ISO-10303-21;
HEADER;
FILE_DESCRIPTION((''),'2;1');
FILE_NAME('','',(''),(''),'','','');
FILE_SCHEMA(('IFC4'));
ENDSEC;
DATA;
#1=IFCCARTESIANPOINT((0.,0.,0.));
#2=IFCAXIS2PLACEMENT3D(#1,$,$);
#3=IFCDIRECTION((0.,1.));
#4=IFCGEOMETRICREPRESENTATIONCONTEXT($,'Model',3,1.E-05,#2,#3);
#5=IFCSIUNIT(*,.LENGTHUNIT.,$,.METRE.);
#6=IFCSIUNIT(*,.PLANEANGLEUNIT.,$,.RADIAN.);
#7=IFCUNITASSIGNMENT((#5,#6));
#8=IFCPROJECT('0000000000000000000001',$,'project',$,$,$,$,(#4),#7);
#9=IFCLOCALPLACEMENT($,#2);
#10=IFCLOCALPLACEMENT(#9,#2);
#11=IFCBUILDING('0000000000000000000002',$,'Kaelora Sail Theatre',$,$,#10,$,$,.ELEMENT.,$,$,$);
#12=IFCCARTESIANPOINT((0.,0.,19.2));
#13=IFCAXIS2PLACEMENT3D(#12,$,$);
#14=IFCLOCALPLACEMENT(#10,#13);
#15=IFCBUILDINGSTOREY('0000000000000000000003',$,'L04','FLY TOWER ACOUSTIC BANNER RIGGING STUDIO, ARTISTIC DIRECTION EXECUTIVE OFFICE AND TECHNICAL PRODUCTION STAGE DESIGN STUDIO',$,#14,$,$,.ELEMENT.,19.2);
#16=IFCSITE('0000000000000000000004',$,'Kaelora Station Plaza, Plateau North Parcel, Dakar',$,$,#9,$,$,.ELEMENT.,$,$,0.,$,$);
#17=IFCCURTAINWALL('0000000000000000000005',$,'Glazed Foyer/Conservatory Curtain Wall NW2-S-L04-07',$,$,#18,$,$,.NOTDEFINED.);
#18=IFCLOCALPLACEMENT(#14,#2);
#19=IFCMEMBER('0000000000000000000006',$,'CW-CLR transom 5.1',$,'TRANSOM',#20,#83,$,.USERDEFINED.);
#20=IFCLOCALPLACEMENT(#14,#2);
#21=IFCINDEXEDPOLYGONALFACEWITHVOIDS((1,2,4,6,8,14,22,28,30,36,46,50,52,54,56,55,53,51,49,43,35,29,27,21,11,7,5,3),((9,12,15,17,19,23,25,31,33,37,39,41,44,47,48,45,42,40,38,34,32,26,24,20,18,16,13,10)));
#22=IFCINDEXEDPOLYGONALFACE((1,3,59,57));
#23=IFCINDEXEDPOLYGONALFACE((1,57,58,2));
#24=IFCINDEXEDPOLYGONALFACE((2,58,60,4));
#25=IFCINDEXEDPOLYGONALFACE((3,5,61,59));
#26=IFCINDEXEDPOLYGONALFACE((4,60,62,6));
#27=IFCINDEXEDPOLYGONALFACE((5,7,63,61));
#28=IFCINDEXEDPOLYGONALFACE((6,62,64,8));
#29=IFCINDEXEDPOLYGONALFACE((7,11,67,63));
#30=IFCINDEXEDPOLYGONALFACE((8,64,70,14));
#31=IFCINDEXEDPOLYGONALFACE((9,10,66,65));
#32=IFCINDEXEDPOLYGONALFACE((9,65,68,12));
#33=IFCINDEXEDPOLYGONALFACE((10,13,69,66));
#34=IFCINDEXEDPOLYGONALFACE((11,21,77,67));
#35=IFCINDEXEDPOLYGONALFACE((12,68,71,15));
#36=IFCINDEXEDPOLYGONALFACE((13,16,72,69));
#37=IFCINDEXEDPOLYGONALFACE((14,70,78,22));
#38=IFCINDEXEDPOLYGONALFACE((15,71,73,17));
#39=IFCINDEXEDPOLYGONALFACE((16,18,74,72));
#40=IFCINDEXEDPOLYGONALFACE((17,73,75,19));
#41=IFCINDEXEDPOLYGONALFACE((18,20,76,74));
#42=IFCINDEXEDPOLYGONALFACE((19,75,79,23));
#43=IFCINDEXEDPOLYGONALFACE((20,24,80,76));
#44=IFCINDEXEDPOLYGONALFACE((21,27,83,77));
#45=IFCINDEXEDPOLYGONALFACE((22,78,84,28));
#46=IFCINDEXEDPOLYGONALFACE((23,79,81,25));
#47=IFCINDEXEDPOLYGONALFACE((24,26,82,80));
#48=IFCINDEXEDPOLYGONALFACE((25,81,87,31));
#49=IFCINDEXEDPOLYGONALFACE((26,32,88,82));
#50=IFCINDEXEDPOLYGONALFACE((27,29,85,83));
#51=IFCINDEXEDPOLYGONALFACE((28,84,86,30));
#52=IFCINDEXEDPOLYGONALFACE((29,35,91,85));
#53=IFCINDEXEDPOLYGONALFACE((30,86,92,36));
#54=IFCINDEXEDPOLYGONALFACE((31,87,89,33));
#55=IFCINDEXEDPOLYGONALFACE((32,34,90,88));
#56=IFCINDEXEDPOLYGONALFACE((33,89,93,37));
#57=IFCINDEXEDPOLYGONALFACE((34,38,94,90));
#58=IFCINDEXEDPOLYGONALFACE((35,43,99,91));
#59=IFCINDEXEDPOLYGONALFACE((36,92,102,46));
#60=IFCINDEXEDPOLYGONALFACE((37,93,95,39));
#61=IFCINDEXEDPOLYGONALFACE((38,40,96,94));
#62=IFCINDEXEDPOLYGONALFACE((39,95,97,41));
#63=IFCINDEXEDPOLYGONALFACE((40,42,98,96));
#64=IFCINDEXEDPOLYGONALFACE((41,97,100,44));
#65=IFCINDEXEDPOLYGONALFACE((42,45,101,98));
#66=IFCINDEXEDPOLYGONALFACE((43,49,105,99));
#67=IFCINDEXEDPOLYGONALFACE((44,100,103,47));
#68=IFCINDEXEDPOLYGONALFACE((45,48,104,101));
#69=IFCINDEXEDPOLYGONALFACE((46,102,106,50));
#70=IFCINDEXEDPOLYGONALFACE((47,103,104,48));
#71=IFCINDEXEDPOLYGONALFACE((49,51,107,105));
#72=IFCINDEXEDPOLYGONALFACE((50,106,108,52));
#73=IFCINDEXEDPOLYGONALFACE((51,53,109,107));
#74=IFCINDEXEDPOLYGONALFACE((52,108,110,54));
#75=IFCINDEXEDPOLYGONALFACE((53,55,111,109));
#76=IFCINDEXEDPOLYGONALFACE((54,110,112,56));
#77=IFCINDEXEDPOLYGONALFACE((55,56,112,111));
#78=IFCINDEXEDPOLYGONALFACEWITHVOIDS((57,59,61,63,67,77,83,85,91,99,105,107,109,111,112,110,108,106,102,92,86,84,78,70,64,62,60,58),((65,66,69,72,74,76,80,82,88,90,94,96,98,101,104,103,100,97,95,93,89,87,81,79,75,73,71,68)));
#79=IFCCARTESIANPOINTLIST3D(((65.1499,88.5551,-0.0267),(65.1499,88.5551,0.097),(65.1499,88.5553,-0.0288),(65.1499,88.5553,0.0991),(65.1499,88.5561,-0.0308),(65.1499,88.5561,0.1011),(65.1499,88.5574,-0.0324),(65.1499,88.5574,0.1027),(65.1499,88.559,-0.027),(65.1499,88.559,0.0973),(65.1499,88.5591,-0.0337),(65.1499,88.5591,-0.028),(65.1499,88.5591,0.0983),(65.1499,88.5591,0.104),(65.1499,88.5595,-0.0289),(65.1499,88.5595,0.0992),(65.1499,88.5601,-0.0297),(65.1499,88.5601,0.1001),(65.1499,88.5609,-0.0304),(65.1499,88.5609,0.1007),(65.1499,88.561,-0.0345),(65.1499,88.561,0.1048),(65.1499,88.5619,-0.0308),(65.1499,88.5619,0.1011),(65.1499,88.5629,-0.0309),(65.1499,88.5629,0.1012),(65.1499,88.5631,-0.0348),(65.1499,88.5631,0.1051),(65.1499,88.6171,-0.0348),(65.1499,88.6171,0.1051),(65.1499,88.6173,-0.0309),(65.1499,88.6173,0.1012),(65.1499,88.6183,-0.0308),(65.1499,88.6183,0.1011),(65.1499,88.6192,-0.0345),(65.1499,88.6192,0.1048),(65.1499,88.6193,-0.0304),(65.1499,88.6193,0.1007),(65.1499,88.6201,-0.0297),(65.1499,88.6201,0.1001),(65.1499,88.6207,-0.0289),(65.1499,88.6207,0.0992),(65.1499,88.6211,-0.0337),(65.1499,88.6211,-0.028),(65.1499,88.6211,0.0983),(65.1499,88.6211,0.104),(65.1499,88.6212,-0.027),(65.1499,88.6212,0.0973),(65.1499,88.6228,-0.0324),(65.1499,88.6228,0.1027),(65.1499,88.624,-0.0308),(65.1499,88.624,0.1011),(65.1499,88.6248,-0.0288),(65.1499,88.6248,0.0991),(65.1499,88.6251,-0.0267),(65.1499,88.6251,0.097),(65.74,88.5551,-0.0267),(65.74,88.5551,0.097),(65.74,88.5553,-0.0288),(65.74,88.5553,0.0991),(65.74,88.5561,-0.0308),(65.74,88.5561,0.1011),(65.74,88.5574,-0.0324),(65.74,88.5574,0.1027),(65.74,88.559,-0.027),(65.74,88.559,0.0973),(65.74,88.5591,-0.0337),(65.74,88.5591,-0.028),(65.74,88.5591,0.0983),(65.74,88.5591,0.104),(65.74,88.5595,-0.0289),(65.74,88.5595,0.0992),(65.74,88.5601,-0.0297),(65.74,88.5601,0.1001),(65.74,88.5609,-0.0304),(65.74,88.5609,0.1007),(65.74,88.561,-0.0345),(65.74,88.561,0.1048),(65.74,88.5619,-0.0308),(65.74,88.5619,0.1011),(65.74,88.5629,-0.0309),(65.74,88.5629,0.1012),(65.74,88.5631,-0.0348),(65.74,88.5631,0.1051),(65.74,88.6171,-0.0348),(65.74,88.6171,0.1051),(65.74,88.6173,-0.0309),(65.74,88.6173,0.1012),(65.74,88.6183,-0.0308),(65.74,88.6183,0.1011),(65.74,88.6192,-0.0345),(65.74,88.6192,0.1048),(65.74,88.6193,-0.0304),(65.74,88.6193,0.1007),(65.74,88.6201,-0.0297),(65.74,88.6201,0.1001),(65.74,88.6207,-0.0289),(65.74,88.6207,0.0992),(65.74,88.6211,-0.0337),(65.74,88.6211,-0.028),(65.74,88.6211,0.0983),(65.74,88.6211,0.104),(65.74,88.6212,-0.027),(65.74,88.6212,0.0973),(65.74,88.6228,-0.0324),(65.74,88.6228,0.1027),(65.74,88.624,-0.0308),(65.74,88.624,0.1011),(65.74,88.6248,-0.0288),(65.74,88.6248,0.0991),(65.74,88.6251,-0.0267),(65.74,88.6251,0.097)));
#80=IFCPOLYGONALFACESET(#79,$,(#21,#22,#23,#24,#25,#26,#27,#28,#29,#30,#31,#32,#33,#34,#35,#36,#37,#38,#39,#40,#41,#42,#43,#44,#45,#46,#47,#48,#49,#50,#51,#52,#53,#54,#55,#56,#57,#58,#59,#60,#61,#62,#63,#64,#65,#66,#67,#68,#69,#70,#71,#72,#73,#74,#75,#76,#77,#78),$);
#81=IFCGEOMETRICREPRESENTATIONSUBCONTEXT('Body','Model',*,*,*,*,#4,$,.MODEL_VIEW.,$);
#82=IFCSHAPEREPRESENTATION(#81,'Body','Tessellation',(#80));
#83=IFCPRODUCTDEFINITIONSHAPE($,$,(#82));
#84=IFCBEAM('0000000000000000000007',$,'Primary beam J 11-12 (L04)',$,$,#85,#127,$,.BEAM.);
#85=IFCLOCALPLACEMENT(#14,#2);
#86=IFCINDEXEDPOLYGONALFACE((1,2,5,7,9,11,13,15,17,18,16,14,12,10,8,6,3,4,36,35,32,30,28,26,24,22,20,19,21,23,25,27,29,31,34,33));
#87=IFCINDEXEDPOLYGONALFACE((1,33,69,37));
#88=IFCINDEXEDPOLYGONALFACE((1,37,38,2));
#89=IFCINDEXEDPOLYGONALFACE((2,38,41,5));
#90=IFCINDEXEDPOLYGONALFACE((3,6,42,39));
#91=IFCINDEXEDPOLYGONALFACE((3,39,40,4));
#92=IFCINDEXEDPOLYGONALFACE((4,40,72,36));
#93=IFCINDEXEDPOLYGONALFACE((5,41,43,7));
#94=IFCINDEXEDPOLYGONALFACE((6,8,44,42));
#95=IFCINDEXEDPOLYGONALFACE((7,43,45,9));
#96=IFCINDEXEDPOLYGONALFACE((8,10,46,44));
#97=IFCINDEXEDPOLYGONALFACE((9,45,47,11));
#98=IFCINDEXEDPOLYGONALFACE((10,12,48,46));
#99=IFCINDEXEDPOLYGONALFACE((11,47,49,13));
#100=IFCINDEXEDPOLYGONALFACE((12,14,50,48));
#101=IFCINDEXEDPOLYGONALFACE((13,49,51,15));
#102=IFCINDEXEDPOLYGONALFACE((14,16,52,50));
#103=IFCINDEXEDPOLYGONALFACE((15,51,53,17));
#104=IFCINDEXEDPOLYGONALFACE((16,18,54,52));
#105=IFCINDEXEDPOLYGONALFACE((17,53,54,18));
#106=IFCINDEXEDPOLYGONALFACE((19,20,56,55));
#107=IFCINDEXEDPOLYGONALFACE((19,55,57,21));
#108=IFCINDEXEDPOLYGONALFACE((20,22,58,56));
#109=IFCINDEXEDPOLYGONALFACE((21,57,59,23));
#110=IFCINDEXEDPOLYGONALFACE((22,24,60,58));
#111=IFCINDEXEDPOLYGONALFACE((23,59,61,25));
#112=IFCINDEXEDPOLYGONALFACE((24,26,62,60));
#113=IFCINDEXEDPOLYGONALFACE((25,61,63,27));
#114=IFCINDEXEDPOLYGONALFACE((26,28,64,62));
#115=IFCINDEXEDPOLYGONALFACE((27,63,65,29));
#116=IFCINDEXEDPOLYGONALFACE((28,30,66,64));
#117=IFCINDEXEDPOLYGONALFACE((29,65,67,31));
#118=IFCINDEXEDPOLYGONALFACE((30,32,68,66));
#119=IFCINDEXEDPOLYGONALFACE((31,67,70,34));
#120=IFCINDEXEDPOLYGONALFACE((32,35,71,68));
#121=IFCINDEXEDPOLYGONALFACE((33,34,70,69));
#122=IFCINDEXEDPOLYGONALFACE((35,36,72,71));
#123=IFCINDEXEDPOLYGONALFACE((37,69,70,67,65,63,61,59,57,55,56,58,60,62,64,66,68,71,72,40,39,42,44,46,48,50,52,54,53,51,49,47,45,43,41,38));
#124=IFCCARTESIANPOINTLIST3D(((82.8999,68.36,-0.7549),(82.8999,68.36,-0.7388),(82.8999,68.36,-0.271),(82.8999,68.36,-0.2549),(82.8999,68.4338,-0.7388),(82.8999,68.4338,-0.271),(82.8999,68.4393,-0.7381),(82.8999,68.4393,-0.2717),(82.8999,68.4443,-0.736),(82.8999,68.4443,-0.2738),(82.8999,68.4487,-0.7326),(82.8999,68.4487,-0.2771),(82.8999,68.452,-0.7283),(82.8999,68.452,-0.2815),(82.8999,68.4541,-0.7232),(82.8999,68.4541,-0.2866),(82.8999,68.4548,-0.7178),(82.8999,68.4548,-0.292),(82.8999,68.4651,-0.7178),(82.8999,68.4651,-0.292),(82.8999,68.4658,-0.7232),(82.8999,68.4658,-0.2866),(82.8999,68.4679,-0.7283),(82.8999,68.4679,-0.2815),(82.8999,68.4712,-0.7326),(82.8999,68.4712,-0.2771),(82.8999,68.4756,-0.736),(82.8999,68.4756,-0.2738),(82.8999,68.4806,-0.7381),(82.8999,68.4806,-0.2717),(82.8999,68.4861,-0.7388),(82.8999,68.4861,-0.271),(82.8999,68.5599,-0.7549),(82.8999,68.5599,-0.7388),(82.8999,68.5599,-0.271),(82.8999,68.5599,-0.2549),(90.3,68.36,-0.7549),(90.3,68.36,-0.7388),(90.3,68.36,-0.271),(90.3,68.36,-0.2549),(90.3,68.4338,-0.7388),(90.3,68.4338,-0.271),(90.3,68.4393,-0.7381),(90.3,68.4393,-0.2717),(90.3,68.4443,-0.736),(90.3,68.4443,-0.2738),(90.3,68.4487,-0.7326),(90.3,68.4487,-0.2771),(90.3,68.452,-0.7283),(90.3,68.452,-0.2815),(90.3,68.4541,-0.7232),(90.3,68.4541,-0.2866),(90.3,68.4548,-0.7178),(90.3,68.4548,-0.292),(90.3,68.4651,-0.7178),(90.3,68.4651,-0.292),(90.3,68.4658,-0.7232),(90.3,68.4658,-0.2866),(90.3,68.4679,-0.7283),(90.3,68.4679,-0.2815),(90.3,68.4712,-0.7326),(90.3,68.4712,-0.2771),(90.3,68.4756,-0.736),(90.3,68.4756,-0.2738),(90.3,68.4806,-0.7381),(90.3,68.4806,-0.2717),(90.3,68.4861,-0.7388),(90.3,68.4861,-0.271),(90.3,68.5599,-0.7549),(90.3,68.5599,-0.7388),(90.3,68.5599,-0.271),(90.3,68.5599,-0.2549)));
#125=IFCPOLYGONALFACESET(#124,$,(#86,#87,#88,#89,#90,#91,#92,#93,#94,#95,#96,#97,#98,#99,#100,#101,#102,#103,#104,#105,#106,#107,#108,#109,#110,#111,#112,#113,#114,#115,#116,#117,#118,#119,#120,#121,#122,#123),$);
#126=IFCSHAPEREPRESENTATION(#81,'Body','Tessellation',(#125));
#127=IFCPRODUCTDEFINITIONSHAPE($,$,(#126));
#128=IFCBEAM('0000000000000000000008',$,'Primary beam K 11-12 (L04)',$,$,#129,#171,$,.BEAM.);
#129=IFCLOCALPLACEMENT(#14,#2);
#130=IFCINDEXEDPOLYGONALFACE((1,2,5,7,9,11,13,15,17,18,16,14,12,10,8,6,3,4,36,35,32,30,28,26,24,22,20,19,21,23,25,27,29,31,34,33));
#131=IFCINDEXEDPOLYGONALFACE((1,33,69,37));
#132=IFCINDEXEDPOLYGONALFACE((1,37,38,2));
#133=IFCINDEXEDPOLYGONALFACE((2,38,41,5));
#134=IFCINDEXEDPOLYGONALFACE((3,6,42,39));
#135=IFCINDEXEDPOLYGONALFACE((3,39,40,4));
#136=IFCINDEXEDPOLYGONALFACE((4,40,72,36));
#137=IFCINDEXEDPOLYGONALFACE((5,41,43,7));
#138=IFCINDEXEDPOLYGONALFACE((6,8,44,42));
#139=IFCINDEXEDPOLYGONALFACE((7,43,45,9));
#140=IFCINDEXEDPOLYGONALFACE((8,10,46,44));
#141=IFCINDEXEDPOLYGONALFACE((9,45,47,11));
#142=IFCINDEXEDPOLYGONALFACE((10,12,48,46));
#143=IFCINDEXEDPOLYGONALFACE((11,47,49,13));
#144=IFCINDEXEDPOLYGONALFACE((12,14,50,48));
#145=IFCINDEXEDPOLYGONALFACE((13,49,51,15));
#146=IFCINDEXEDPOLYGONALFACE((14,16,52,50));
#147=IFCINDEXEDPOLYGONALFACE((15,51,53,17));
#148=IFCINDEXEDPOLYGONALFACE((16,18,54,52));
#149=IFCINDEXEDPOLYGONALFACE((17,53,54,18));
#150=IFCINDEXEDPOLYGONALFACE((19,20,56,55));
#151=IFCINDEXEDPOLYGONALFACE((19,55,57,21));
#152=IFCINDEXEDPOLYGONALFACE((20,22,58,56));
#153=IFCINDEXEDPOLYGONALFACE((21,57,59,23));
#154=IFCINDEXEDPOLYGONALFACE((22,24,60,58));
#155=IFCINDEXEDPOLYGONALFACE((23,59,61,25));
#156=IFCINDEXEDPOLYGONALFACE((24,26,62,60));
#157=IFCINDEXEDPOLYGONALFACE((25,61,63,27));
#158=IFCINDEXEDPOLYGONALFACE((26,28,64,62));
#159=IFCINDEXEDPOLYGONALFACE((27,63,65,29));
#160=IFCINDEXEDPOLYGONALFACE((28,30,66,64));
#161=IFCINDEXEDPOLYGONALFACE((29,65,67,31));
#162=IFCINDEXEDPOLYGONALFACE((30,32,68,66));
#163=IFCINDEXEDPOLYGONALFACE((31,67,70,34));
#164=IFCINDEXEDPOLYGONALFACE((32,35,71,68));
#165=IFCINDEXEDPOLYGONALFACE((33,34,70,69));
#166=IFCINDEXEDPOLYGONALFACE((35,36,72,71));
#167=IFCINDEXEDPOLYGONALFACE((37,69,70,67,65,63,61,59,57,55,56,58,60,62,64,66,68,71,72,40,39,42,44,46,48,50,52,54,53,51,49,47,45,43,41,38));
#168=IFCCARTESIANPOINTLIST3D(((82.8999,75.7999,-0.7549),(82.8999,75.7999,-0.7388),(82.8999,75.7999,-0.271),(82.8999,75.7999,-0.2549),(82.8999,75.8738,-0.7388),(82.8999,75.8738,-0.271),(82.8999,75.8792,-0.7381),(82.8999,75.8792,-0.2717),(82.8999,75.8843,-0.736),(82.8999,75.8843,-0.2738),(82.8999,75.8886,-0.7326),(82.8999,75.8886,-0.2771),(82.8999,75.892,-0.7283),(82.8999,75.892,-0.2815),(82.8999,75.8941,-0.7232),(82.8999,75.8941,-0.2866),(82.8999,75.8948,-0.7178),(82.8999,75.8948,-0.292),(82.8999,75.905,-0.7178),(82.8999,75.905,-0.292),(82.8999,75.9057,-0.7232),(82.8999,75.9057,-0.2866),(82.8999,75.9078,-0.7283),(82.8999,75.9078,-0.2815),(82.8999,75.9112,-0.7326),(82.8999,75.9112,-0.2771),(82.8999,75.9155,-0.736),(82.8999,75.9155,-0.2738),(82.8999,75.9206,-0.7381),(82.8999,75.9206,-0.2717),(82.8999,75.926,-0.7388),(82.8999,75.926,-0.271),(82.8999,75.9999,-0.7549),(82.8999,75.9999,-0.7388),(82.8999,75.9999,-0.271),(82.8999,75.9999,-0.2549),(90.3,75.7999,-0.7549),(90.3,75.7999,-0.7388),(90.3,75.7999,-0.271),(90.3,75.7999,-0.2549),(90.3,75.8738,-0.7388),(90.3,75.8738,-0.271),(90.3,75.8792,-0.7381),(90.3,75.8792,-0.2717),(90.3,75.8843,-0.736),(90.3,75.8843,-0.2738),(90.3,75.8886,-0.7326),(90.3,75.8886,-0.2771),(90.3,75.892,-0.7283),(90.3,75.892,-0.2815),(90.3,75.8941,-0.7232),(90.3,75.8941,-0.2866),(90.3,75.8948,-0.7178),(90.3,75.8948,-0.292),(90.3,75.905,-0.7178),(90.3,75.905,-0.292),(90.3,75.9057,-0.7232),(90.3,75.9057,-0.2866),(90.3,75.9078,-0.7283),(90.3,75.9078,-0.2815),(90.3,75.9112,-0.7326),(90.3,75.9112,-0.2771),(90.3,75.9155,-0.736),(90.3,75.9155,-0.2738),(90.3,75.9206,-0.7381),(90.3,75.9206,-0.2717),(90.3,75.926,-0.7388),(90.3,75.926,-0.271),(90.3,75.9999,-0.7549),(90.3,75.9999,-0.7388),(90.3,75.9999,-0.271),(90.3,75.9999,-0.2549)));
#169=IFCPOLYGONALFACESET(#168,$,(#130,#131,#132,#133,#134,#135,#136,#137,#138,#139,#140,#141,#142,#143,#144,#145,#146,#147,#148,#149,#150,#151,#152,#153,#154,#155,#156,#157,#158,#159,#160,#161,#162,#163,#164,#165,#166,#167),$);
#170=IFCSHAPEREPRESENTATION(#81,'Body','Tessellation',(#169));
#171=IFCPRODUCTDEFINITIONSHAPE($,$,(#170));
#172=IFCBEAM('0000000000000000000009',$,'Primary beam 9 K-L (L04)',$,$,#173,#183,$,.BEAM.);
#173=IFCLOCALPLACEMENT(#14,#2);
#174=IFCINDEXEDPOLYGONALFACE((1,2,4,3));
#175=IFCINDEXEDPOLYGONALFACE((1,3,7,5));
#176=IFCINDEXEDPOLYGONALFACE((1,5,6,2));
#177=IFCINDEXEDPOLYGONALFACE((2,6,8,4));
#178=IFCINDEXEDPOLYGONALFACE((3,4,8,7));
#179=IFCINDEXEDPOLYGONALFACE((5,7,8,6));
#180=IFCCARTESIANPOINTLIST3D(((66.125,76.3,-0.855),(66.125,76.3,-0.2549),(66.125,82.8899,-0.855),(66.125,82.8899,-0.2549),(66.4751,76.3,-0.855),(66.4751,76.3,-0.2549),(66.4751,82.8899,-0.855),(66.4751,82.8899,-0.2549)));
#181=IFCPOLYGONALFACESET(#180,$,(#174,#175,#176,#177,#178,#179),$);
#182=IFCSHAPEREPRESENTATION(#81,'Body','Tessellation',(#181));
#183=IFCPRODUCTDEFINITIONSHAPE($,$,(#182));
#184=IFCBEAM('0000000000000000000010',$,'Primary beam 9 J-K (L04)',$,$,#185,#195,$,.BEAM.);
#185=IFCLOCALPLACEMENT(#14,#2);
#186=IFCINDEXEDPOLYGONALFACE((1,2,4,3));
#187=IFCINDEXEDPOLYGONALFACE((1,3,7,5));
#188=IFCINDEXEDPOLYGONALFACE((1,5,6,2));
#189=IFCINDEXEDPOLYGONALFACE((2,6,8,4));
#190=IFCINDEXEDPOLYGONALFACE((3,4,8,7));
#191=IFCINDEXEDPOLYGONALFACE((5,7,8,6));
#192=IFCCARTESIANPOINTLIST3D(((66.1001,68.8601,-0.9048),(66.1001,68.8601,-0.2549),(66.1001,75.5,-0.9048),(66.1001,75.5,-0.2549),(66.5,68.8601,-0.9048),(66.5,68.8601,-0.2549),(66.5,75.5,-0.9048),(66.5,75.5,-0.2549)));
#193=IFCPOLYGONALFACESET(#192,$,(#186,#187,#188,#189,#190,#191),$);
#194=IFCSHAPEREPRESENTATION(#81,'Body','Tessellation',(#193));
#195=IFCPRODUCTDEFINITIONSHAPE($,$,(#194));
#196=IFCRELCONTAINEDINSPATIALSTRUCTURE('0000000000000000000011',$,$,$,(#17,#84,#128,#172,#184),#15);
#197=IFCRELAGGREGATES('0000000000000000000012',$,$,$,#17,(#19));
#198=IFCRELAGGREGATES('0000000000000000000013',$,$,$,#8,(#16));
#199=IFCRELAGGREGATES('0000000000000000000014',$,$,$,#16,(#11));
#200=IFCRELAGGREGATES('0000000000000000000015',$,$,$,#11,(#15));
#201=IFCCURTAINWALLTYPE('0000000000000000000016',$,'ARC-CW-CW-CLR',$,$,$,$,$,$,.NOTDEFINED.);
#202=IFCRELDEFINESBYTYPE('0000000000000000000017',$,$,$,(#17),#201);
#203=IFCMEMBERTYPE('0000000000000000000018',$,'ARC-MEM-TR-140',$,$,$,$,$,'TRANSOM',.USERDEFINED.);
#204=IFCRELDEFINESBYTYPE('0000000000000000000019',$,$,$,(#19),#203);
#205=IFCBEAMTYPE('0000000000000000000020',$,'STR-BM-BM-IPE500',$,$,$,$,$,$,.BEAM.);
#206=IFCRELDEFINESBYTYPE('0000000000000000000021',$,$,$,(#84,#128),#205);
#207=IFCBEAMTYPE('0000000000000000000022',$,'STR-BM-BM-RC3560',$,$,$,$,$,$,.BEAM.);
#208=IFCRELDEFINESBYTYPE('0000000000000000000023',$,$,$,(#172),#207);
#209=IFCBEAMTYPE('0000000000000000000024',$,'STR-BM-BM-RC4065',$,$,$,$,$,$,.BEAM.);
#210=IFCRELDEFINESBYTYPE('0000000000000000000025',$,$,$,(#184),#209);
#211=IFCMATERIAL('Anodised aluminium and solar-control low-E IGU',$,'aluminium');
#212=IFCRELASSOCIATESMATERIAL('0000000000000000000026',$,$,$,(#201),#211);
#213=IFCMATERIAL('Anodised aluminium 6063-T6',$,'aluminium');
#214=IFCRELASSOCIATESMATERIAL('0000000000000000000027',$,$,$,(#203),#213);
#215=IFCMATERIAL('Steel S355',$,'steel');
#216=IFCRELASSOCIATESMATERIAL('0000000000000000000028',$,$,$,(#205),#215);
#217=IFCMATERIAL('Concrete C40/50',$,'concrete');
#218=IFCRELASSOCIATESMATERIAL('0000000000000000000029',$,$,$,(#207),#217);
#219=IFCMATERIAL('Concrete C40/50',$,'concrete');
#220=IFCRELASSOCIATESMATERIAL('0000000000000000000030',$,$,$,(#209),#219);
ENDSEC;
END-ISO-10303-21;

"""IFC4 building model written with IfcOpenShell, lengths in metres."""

from ifc_helpers import new_model, si_unit, direction, frame, origin, origin_2d, place, context, subcontext, project, spatial, rectangle, hollow_rectangle, i_section, extrude, material, material_profile, profile_set, type_object, element, aggregate, save


model = new_model("IFC4")

# Units and contexts
model_context = context("Model", 3, precision=1e-05, world=origin(), true_north=direction((0.0, 1.0)))
body_context = subcontext(model_context, "Body", "Model", "MODEL_VIEW")
ifc_project = project(units=[si_unit("LENGTHUNIT", "METRE"), si_unit("PLANEANGLEUNIT", "RADIAN")], contexts=[model_context])

# Site, building, storey
site_placement = place(None, origin())
site = spatial("IfcSite", under=ifc_project, at=site_placement, Name="Kaelora Station Plaza, Plateau North Parcel, Dakar", CompositionType="ELEMENT", RefElevation=0.0)
building_placement = place(site_placement, origin())
building = spatial("IfcBuilding", under=site, at=building_placement, Name="Kaelora Sail Theatre", CompositionType="ELEMENT")
storey_placement = place(building_placement, frame((0.0, 0.0, 19.2)))
storey = spatial("IfcBuildingStorey", under=building, at=storey_placement, Name="L04", Description="FLY TOWER ACOUSTIC BANNER RIGGING STUDIO, ARTISTIC DIRECTION EXECUTIVE OFFICE AND TECHNICAL PRODUCTION STAGE DESIGN STUDIO", CompositionType="ELEMENT", Elevation=19.2)

# Curtain wall, member
ifc_material_1 = material(Name="Anodised aluminium and solar-control low-E IGU", Category="aluminium")
curtain_wall_type = type_object("IfcCurtainWallType", Name="ARC-CW-CW-CLR", PredefinedType="NOTDEFINED", material=ifc_material_1)
curtain_wall_placement = place(storey_placement, origin())
curtain_wall = element("IfcCurtainWall", 1, at=curtain_wall_placement, inside=storey, type_object=curtain_wall_type, Name="Glazed Foyer/Conservatory Curtain Wall NW2-S-L04-07", PredefinedType="NOTDEFINED")
ifc_material_2 = material(Name="Anodised aluminium 6063-T6", Category="aluminium")
ifc_material_profile_1 = material_profile(ifc_material_2, hollow_rectangle(XDim=0.0701, YDim=0.1399, WallThickness=0.0039, InnerFilletRadius=0.0039, OuterFilletRadius=0.0081, at=origin_2d()), Name="ALU-TRAN 70x140x4")
ifc_profile_set_1 = profile_set([ifc_material_profile_1], Name="Anodised aluminium 6063-T6")
member_type_1 = type_object("IfcMemberType", Name="ARC-MEM-TR-140", ElementType="TRANSOM", PredefinedType="USERDEFINED", material=ifc_profile_set_1)
member_1_placement = place(storey_placement, frame((65.1499, 88.5901, 0.0352), z_axis=(1.0, 0.0, 0.0), x_axis=(0.0, 1.0, 0.0)))
member_1 = element("IfcMember", 2, at=member_1_placement, type_object=member_type_1, Name="CW-CLR transom 5.1", ObjectType="TRANSOM", PredefinedType="USERDEFINED", context=body_context, shape_type="SweptSolid", body=[
    extrude(hollow_rectangle(XDim=0.0701, YDim=0.1399, WallThickness=0.0039, InnerFilletRadius=0.0039, OuterFilletRadius=0.0081, at=origin_2d()), origin(), (0.0, 0.0, 1.0), 0.5901),
])

# Beams
ifc_material_3 = material(Name="Steel S355", Category="steel")
ifc_material_profile_2 = material_profile(ifc_material_3, i_section(OverallWidth=0.2, OverallDepth=0.5, WebThickness=0.0103, FlangeThickness=0.0161, FilletRadius=0.021, at=origin_2d()), Name="IPE 500")
ifc_profile_set_2 = profile_set([ifc_material_profile_2], Name="Steel S355")
beam_type_1 = type_object("IfcBeamType", Name="STR-BM-BM-IPE500", PredefinedType="BEAM", material=ifc_profile_set_2)
for number, where, z_axis, x_axis, name in (
    (3, (82.8999, 68.46, -0.5049), (1.0, 0.0, 0.0), (0.0, 1.0, 0.0), "Primary beam J 11-12 (L04)"),
    (4, (82.8999, 75.8999, -0.5049), (1.0, 0.0, 0.0), (0.0, 1.0, 0.0), "Primary beam K 11-12 (L04)"),
):
    element("IfcBeam", number, at=place(storey_placement, frame(where, z_axis=z_axis, x_axis=x_axis)), inside=storey, type_object=beam_type_1, Name=name, PredefinedType="BEAM", context=body_context, shape_type="SweptSolid", body=[
        extrude(i_section(OverallWidth=0.2, OverallDepth=0.5, WebThickness=0.0103, FlangeThickness=0.0161, FilletRadius=0.021, at=origin_2d()), origin(), (0.0, 0.0, 1.0), 7.4001),
    ])
ifc_material_4 = material(Name="Concrete C40/50", Category="concrete")
ifc_material_profile_3 = material_profile(ifc_material_4, rectangle(XDim=0.3501, YDim=0.6001, at=origin_2d()), Name="RC-BM 350x600")
ifc_profile_set_3 = profile_set([ifc_material_profile_3], Name="Concrete C40/50")
beam_type_2 = type_object("IfcBeamType", Name="STR-BM-BM-RC3560", PredefinedType="BEAM", material=ifc_profile_set_3)
beam_1_placement = place(storey_placement, frame((66.3, 76.3, -0.5549), z_axis=(0.0, 1.0, 0.0), x_axis=(-1.0, 0.0, 0.0)))
element("IfcBeam", 5, at=beam_1_placement, inside=storey, type_object=beam_type_2, Name="Primary beam 9 K-L (L04)", PredefinedType="BEAM", context=body_context, shape_type="SweptSolid", body=[
    extrude(rectangle(XDim=0.3501, YDim=0.6001, at=origin_2d()), origin(), (0.0, 0.0, 1.0), 6.5898),
])
ifc_material_5 = material(Name="Concrete C40/50", Category="concrete")
ifc_material_profile_4 = material_profile(ifc_material_5, rectangle(XDim=0.3999, YDim=0.6499, at=origin_2d()), Name="RC-BM 400x650")
ifc_profile_set_4 = profile_set([ifc_material_profile_4], Name="Concrete C40/50")
beam_type_3 = type_object("IfcBeamType", Name="STR-BM-BM-RC4065", PredefinedType="BEAM", material=ifc_profile_set_4)
beam_2_placement = place(storey_placement, frame((66.3, 68.8601, -0.5798), z_axis=(0.0, 1.0, 0.0), x_axis=(-1.0, 0.0, 0.0)))
element("IfcBeam", 6, at=beam_2_placement, inside=storey, type_object=beam_type_3, Name="Primary beam 9 J-K (L04)", PredefinedType="BEAM", context=body_context, shape_type="SweptSolid", body=[
    extrude(rectangle(XDim=0.3999, YDim=0.6499, at=origin_2d()), origin(), (0.0, 0.0, 1.0), 6.6399),
])

aggregate(curtain_wall, [member_1])

save(model, "model.ifc")
